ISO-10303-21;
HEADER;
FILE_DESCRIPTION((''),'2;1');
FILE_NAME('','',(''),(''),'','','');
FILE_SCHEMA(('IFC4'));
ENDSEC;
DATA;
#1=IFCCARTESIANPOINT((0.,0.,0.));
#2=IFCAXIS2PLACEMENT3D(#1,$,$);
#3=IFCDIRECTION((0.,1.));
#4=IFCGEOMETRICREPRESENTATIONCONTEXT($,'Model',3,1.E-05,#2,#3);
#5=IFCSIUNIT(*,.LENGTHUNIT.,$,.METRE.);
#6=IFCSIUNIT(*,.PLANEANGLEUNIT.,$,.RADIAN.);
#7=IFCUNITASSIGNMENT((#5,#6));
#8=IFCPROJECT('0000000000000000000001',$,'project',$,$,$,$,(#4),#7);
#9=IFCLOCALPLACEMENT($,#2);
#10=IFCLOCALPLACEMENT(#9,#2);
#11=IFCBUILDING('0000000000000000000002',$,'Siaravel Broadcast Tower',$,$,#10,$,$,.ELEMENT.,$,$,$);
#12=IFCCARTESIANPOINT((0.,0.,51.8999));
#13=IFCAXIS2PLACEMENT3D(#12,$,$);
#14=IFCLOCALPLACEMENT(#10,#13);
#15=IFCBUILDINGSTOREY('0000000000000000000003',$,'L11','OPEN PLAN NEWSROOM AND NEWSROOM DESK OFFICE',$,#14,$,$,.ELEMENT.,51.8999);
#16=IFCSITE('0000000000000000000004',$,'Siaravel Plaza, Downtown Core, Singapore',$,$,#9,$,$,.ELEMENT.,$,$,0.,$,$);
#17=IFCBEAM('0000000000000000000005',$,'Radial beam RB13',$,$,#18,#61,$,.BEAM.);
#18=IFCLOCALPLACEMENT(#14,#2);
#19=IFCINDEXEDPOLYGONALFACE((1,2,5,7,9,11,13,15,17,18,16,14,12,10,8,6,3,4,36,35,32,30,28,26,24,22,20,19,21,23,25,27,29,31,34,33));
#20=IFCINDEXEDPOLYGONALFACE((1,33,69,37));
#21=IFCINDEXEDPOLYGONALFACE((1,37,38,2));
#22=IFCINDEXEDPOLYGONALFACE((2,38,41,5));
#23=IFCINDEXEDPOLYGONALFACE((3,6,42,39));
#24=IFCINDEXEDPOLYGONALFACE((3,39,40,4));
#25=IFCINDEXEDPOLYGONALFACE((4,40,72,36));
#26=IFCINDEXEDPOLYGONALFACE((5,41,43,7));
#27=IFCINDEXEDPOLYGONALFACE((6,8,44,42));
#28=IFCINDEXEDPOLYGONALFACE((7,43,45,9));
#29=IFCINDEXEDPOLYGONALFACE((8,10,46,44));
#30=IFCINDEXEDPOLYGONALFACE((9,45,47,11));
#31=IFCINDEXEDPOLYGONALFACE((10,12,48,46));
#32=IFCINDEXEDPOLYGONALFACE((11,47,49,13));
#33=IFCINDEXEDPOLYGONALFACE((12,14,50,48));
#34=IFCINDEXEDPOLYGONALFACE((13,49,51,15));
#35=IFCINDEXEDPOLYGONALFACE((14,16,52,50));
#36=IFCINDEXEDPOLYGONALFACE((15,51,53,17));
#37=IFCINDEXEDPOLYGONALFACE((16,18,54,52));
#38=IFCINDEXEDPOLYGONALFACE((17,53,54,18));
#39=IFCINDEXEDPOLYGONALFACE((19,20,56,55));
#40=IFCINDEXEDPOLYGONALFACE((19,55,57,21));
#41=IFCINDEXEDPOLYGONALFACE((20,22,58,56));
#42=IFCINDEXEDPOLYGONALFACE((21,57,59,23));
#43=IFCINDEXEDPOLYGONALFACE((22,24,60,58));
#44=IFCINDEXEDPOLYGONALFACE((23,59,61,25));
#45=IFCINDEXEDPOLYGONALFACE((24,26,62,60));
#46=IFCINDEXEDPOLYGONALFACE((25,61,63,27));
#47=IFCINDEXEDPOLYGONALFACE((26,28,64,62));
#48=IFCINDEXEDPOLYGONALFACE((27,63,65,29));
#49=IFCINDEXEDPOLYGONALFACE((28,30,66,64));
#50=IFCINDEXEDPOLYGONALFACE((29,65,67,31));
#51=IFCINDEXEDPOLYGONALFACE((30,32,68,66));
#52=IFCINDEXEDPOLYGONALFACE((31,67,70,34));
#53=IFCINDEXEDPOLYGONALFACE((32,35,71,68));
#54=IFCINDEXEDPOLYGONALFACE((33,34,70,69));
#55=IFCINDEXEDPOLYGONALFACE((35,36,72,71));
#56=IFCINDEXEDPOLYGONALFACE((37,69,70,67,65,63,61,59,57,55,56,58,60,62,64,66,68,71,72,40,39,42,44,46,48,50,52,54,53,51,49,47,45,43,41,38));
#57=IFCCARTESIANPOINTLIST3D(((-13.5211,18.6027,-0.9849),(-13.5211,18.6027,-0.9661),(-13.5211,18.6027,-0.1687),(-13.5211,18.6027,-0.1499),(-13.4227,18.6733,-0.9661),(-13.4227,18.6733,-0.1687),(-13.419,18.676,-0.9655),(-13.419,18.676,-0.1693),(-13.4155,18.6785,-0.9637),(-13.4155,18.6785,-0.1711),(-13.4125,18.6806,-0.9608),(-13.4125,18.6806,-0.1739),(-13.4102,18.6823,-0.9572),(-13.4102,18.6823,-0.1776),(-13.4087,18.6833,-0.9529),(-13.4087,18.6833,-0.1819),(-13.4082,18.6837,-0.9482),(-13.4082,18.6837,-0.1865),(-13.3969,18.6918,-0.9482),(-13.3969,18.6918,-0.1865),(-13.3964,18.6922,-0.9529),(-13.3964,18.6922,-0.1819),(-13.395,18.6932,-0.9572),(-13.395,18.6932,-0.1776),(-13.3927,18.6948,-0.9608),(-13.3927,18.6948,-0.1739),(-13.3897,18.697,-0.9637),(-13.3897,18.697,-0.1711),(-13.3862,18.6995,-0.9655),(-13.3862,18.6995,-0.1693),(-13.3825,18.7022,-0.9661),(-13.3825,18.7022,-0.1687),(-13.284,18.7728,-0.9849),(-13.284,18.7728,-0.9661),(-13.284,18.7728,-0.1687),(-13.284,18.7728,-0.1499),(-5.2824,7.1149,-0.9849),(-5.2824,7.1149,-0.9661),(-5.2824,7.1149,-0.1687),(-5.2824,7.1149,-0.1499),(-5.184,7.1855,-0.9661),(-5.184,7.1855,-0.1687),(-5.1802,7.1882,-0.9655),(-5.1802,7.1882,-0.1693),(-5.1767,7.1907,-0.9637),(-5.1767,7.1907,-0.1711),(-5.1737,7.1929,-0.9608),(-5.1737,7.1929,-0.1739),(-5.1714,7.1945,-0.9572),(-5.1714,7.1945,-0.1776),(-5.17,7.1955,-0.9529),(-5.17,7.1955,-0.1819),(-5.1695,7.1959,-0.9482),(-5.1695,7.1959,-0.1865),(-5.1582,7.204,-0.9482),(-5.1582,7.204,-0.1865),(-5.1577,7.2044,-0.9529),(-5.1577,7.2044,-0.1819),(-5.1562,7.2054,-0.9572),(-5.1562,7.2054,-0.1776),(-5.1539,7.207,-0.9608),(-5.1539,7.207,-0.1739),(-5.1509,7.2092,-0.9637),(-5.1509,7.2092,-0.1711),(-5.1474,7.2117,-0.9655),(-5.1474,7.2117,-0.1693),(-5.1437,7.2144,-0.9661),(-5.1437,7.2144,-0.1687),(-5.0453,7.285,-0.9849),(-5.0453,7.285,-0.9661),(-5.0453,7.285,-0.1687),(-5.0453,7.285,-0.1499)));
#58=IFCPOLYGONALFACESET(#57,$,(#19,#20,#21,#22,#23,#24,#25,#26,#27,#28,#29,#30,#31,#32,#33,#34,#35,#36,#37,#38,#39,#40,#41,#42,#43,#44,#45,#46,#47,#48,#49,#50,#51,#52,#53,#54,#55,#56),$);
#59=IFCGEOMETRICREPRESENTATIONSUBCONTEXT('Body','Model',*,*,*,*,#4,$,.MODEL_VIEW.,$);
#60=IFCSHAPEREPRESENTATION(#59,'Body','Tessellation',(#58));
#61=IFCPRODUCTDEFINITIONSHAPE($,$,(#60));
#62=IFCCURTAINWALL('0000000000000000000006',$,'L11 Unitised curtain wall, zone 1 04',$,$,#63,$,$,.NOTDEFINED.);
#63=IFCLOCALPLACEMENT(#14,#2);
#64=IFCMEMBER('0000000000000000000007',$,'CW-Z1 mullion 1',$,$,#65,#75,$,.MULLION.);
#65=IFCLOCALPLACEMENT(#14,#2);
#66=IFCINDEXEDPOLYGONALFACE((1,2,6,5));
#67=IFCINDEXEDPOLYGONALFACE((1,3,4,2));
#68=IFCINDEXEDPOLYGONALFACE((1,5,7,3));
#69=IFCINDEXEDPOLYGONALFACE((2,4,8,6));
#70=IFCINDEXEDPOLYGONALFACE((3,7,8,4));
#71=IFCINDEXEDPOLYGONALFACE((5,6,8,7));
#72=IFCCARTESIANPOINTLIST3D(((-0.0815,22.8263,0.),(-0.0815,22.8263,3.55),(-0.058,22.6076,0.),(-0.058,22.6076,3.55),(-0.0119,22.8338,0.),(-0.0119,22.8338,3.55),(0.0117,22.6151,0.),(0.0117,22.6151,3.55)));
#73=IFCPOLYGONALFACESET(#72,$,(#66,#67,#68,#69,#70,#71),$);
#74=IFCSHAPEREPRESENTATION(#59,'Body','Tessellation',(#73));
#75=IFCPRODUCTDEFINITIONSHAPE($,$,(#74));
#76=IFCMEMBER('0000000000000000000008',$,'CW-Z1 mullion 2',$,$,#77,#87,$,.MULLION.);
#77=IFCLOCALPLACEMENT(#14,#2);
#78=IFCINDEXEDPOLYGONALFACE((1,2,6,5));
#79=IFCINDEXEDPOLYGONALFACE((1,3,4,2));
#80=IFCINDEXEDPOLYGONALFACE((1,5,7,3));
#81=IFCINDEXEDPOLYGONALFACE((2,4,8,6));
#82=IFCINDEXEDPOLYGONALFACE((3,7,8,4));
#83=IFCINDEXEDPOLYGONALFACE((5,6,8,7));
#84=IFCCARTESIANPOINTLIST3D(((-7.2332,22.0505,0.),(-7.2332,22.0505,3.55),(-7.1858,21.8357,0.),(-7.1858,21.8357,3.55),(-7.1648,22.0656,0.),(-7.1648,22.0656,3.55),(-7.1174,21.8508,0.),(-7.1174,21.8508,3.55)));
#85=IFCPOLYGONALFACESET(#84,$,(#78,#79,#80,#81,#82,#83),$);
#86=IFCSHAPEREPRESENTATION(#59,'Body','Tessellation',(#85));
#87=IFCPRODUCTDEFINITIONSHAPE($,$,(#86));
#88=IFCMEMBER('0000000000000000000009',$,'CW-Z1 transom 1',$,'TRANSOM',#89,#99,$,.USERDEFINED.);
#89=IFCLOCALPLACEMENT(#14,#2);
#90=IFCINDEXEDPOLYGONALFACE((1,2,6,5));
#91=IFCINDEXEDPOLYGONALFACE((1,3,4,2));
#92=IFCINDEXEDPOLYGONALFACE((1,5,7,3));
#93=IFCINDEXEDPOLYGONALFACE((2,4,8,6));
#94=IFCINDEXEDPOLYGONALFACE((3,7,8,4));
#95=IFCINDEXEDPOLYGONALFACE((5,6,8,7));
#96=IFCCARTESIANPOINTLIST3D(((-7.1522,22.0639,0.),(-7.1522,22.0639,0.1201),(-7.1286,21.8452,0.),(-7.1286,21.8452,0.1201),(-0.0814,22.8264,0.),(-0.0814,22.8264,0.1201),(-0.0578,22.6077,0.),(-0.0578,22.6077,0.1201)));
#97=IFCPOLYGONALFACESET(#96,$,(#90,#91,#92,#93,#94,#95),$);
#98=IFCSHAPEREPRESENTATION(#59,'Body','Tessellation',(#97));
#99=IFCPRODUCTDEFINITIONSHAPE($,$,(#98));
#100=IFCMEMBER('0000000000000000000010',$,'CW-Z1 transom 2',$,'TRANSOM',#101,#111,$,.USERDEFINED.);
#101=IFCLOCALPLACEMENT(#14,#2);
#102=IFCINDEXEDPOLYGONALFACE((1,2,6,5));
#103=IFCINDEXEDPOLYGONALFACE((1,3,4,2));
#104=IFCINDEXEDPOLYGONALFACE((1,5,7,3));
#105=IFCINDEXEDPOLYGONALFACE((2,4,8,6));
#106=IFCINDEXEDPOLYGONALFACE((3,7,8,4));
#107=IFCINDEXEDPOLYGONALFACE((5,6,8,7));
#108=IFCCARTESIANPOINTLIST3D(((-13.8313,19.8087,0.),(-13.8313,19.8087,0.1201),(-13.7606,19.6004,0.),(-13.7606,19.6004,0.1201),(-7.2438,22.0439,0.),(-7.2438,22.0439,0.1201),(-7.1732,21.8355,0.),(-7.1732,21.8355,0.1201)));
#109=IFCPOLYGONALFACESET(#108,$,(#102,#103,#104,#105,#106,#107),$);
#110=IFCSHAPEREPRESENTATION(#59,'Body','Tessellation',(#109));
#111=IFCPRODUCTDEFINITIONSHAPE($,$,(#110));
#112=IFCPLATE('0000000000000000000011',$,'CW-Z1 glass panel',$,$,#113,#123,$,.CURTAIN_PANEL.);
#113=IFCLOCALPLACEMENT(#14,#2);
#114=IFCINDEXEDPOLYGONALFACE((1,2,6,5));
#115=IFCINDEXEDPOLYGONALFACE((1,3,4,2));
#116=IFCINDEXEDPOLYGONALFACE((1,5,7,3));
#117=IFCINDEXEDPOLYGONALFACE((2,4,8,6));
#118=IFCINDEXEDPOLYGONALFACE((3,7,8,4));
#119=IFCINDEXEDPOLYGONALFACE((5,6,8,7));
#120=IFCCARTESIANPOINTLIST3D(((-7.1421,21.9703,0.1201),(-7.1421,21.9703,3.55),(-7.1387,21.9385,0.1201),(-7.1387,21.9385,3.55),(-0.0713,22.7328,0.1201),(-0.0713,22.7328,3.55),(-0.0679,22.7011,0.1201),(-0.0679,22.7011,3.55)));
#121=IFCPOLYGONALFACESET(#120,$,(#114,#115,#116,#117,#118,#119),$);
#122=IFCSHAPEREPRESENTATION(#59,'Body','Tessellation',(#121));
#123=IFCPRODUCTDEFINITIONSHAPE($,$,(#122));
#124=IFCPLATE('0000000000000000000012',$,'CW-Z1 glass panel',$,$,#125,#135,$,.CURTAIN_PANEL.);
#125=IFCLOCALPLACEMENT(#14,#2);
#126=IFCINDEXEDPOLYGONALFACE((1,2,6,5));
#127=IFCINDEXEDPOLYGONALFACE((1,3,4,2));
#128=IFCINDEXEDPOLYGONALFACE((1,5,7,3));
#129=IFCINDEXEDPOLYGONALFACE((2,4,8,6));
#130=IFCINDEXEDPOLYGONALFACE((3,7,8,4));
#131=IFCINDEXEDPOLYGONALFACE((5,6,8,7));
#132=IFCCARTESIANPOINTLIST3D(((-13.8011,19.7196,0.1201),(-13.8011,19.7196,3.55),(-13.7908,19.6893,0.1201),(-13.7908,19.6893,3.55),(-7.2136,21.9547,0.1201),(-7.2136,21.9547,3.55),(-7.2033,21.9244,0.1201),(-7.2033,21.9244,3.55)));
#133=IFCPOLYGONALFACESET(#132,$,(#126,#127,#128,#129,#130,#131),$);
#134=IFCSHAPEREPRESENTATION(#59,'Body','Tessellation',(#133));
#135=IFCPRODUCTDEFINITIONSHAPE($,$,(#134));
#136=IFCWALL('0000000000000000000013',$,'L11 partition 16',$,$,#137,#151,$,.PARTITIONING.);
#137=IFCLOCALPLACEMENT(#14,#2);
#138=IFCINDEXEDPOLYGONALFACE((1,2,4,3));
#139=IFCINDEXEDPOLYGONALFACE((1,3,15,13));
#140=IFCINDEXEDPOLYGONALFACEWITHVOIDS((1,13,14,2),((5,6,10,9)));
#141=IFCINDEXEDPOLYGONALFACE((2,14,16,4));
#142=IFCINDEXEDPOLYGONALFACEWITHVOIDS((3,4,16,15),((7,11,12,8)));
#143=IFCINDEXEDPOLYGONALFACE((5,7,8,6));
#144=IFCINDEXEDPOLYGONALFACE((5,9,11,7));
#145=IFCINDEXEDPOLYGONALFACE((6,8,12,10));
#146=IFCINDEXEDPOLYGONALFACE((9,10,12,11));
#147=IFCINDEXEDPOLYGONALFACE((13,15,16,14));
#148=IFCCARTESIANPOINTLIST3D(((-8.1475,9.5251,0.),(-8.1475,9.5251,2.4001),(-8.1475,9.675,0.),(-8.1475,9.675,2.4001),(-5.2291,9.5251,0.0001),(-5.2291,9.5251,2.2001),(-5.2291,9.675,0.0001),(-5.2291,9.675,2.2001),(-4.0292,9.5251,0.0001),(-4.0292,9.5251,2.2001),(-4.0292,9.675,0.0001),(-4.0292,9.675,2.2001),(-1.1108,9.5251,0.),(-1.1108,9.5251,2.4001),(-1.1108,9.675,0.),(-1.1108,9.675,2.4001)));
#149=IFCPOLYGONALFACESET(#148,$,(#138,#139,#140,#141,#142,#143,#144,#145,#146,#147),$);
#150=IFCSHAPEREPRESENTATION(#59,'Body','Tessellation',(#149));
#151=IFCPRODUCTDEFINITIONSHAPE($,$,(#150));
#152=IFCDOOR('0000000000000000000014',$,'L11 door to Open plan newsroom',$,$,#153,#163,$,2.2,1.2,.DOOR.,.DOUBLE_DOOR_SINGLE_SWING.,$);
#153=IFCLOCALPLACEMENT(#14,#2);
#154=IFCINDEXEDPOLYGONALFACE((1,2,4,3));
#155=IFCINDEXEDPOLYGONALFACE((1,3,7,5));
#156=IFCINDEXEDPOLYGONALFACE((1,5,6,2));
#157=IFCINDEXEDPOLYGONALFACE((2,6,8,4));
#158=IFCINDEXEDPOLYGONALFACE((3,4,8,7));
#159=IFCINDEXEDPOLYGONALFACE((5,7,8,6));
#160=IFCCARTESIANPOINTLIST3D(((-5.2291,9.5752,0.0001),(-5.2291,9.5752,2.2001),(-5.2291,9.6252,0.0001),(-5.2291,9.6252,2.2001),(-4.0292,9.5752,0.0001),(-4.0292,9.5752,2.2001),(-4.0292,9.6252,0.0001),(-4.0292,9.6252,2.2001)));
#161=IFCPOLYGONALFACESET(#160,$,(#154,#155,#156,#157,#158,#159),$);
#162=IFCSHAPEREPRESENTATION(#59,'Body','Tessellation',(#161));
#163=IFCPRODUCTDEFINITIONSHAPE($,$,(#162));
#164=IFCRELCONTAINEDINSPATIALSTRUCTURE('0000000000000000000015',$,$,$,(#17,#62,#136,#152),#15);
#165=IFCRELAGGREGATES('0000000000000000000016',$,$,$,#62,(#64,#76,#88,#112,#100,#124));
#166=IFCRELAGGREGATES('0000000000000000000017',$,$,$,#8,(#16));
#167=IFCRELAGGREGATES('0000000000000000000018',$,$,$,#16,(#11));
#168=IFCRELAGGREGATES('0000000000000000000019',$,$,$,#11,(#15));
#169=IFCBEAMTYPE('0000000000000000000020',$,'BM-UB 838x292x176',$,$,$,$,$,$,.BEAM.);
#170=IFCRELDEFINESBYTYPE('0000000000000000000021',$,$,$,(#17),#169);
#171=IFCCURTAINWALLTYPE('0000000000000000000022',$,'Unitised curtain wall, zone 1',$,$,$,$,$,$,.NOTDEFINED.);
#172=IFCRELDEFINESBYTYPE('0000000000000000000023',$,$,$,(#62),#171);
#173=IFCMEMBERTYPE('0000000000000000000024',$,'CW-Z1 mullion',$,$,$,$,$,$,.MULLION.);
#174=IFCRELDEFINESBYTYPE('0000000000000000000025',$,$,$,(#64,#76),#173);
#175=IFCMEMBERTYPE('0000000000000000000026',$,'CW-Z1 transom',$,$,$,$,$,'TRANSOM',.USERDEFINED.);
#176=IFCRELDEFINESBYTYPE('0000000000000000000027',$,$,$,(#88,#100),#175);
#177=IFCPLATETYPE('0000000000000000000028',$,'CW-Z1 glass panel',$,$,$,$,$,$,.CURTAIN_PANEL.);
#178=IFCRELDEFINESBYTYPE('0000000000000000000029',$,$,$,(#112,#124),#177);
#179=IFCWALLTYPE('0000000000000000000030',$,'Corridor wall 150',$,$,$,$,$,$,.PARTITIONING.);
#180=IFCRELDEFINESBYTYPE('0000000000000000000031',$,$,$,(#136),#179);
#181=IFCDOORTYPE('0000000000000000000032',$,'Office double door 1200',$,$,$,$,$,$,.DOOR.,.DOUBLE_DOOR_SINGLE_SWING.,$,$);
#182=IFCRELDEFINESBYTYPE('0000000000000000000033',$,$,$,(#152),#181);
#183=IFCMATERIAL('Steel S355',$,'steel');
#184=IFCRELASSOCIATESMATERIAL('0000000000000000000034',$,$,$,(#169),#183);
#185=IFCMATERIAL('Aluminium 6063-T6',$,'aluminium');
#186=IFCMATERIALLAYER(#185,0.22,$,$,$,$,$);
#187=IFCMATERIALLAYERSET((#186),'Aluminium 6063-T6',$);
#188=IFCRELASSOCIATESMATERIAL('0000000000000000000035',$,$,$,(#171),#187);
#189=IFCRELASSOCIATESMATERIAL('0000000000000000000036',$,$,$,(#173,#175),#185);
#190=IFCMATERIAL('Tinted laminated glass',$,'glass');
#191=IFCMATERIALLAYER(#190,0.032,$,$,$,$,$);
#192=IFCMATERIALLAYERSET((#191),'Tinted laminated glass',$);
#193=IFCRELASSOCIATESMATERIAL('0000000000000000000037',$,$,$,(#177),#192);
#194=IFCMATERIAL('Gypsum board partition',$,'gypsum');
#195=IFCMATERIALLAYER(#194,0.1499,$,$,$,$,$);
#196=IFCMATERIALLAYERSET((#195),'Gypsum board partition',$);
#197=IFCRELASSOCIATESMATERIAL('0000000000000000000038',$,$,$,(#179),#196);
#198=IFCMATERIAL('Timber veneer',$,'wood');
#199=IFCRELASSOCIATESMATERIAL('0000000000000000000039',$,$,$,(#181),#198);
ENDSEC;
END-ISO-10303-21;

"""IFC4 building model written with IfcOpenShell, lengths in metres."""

from ifc_helpers import new_model, si_unit, direction, frame, frame_2d, origin, origin_2d, place, context, subcontext, project, spatial, rectangle, i_section, extrude, material, layer, layer_set, material_profile, profile_set, type_object, element, fill, aggregate, save


model = new_model("IFC4")

# Units and contexts
model_context = context("Model", 3, precision=1e-05, world=origin(), true_north=direction((0.0, 1.0)))
body_context = subcontext(model_context, "Body", "Model", "MODEL_VIEW")
ifc_project = project(units=[si_unit("LENGTHUNIT", "METRE"), si_unit("PLANEANGLEUNIT", "RADIAN")], contexts=[model_context])

# Site, building, storey
site_placement = place(None, origin())
site = spatial("IfcSite", under=ifc_project, at=site_placement, Name="Siaravel Plaza, Downtown Core, Singapore", CompositionType="ELEMENT", RefElevation=0.0)
building_placement = place(site_placement, origin())
building = spatial("IfcBuilding", under=site, at=building_placement, Name="Siaravel Broadcast Tower", CompositionType="ELEMENT")
storey_placement = place(building_placement, frame((0.0, 0.0, 51.8999)))
storey = spatial("IfcBuildingStorey", under=building, at=storey_placement, Name="L11", Description="OPEN PLAN NEWSROOM AND NEWSROOM DESK OFFICE", CompositionType="ELEMENT", Elevation=51.8999)

# Beam
ifc_material_1 = material(Name="Steel S355", Category="steel")
ifc_material_profile_1 = material_profile(ifc_material_1, i_section(OverallWidth=0.2917, OverallDepth=0.835, WebThickness=0.0139, FlangeThickness=0.0188, FilletRadius=0.0178, at=origin_2d()))
ifc_profile_set_1 = profile_set([ifc_material_profile_1], Name="Steel S355")
beam_type = type_object("IfcBeamType", Name="BM-UB 838x292x176", PredefinedType="BEAM", material=ifc_profile_set_1)
beam_1_placement = place(storey_placement, frame((-13.4026, 18.6877, -0.5674), z_axis=(0.582792, -0.812621, 0.0), x_axis=(0.812621, 0.582792, 0.0)))
element("IfcBeam", 1, at=beam_1_placement, inside=storey, type_object=beam_type, Name="Radial beam RB13", PredefinedType="BEAM", context=body_context, shape_type="SweptSolid", body=[
    extrude(i_section(OverallWidth=0.2917, OverallDepth=0.835, WebThickness=0.0139, FlangeThickness=0.0188, FilletRadius=0.0178, at=origin_2d()), origin(), (0.0, 0.0, 1.0), 14.1367),
])

# Curtain wall, members, plates
ifc_material_2 = material(Name="Aluminium 6063-T6", Category="aluminium")
ifc_layer_1 = layer(ifc_material_2, 0.22)
ifc_layer_set_1 = layer_set([ifc_layer_1], Name="Aluminium 6063-T6")
curtain_wall_type = type_object("IfcCurtainWallType", Name="Unitised curtain wall, zone 1", PredefinedType="NOTDEFINED", material=ifc_layer_set_1)
curtain_wall_placement = place(storey_placement, origin())
curtain_wall = element("IfcCurtainWall", 2, at=curtain_wall_placement, inside=storey, type_object=curtain_wall_type, Name="L11 Unitised curtain wall, zone 1 04", PredefinedType="NOTDEFINED")
ifc_material_profile_2 = material_profile(ifc_material_2, rectangle(XDim=0.22, YDim=0.0701, at=origin_2d()))
ifc_profile_set_2 = profile_set([ifc_material_profile_2], Name="Aluminium 6063-T6")
member_type_1 = type_object("IfcMemberType", Name="CW-Z1 mullion", PredefinedType="MULLION", material=ifc_profile_set_2)
member_1_placement = place(storey_placement, frame((-0.0349, 22.7207, 0.0), z_axis=(0.0, 0.0, 1.0), x_axis=(0.107218, -0.994236, 0.0)))
member_1 = element("IfcMember", 3, at=member_1_placement, type_object=member_type_1, Name="CW-Z1 mullion 1", PredefinedType="MULLION", context=body_context, shape_type="SweptSolid", body=[
    extrude(rectangle(XDim=0.22, YDim=0.0701, at=origin_2d()), origin(), (0.0, 0.0, 1.0), 3.55),
])
member_2_placement = place(storey_placement, frame((-7.1753, 21.9507, 0.0), z_axis=(0.0, 0.0, 1.0), x_axis=(0.215558, -0.976491, 0.0)))
member_2 = element("IfcMember", 4, at=member_2_placement, type_object=member_type_1, Name="CW-Z1 mullion 2", PredefinedType="MULLION", context=body_context, shape_type="SweptSolid", body=[
    extrude(rectangle(XDim=0.22, YDim=0.0701, at=origin_2d()), origin(), (0.0, 0.0, 1.0), 3.55),
])
ifc_material_profile_3 = material_profile(ifc_material_2, rectangle(XDim=0.22, YDim=0.1201, at=origin_2d()))
ifc_profile_set_3 = profile_set([ifc_material_profile_3], Name="Aluminium 6063-T6")
member_type_2 = type_object("IfcMemberType", Name="CW-Z1 transom", ElementType="TRANSOM", PredefinedType="USERDEFINED", material=ifc_profile_set_3)
member_3_placement = place(storey_placement, frame((-0.0696, 22.717, 0.0601), z_axis=(-0.994236, -0.107209, 0.0), x_axis=(0.107209, -0.994236, 0.0)))
member_3 = element("IfcMember", 5, at=member_3_placement, type_object=member_type_2, Name="CW-Z1 transom 1", ObjectType="TRANSOM", PredefinedType="USERDEFINED", context=body_context, shape_type="SweptSolid", body=[
    extrude(rectangle(XDim=0.22, YDim=0.1201, at=origin_2d()), origin(), (0.0, 0.0, 1.0), 7.1118),
])
member_4_placement = place(storey_placement, frame((-7.2085, 21.9397, 0.0601), z_axis=(-0.946975, -0.321309, 0.0), x_axis=(0.321309, -0.946975, 0.0)))
member_4 = element("IfcMember", 6, at=member_4_placement, type_object=member_type_2, Name="CW-Z1 transom 2", ObjectType="TRANSOM", PredefinedType="USERDEFINED", context=body_context, shape_type="SweptSolid", body=[
    extrude(rectangle(XDim=0.22, YDim=0.1201, at=origin_2d()), origin(), (0.0, 0.0, 1.0), 6.9563),
])
ifc_material_3 = material(Name="Tinted laminated glass", Category="glass")
ifc_layer_2 = layer(ifc_material_3, 0.032)
ifc_layer_set_2 = layer_set([ifc_layer_2], Name="Tinted laminated glass")
plate_type = type_object("IfcPlateType", Name="CW-Z1 glass panel", PredefinedType="CURTAIN_PANEL", material=ifc_layer_set_2)
plate_1_placement = place(storey_placement, frame((-3.605, 22.3357, 0.1201), z_axis=(0.0, 0.0, 1.0), x_axis=(-0.994236, -0.107218, 0.0)))
plate_1 = element("IfcPlate", 7, at=plate_1_placement, type_object=plate_type, Name="CW-Z1 glass panel", PredefinedType="CURTAIN_PANEL", context=body_context, shape_type="SweptSolid", body=[
    extrude(rectangle(XDim=7.1118, YDim=0.032, at=origin_2d()), origin(), (0.0, 0.0, 1.0), 3.4299),
])
plate_2_placement = place(storey_placement, frame((-10.5022, 20.822, 0.1201), z_axis=(0.0, 0.0, 1.0), x_axis=(-0.946977, -0.321301, 0.0)))
plate_2 = element("IfcPlate", 8, at=plate_2_placement, type_object=plate_type, Name="CW-Z1 glass panel", PredefinedType="CURTAIN_PANEL", context=body_context, shape_type="SweptSolid", body=[
    extrude(rectangle(XDim=6.9563, YDim=0.032, at=origin_2d()), origin(), (0.0, 0.0, 1.0), 3.4299),
])
aggregate(curtain_wall, [member_1, member_2, member_3, plate_1, member_4, plate_2])

# Wall, opening, door
ifc_material_4 = material(Name="Gypsum board partition", Category="gypsum")
ifc_layer_3 = layer(ifc_material_4, 0.1499)
ifc_layer_set_3 = layer_set([ifc_layer_3], Name="Gypsum board partition")
wall_type_1 = type_object("IfcWallType", Name="Corridor wall 150", PredefinedType="PARTITIONING", material=ifc_layer_set_3)
wall_1_placement = place(storey_placement, frame((-1.1108, 9.6001, 0.0), z_axis=(0.0, 0.0, 1.0), x_axis=(-1.0, 0.0, 0.0)))
wall_1 = element("IfcWall", 9, at=wall_1_placement, inside=storey, type_object=wall_type_1, Name="L11 partition 16", PredefinedType="PARTITIONING", context=body_context, shape_type="SweptSolid", body=[
    extrude(rectangle(XDim=7.0366, YDim=0.1499, at=frame_2d((3.5183, 0.0))), origin(), (0.0, 0.0, 1.0), 2.4001),
])
opening_1_placement = place(wall_1_placement, frame((2.9182, 0.0, 0.0)))
opening_1 = element("IfcOpeningElement", 10, at=opening_1_placement, cuts=wall_1, PredefinedType="OPENING", context=body_context, shape_type="SweptSolid", body=[
    extrude(rectangle(XDim=1.2, YDim=2.2, at=frame_2d((0.6001, 1.1001))), frame((0.0, 0.085, 0.0), z_axis=(0.0, -1.0, 0.0), x_axis=(1.0, 0.0, 0.0)), (0.0, 0.0, 1.0), 0.1699),
])
ifc_material_5 = material(Name="Timber veneer", Category="wood")
door_type = type_object("IfcDoorType", Name="Office double door 1200", OperationType="DOUBLE_DOOR_SINGLE_SWING", PredefinedType="DOOR", material=ifc_material_5)
door_1_placement = place(opening_1_placement, origin())
door_1 = element("IfcDoor", 11, at=door_1_placement, inside=storey, type_object=door_type, Name="L11 door to Open plan newsroom", OperationType="DOUBLE_DOOR_SINGLE_SWING", OverallHeight=2.2, OverallWidth=1.2, PredefinedType="DOOR", context=body_context, shape_type="SweptSolid", body=[
    extrude(rectangle(XDim=1.2, YDim=2.2, at=frame_2d((0.6001, 1.1001))), frame((0.0, 0.0249, 0.0), z_axis=(0.0, -1.0, 0.0), x_axis=(1.0, 0.0, 0.0)), (0.0, 0.0, 1.0), 0.05),
])
fill(opening_1, door_1)

save(model, "model.ifc")
